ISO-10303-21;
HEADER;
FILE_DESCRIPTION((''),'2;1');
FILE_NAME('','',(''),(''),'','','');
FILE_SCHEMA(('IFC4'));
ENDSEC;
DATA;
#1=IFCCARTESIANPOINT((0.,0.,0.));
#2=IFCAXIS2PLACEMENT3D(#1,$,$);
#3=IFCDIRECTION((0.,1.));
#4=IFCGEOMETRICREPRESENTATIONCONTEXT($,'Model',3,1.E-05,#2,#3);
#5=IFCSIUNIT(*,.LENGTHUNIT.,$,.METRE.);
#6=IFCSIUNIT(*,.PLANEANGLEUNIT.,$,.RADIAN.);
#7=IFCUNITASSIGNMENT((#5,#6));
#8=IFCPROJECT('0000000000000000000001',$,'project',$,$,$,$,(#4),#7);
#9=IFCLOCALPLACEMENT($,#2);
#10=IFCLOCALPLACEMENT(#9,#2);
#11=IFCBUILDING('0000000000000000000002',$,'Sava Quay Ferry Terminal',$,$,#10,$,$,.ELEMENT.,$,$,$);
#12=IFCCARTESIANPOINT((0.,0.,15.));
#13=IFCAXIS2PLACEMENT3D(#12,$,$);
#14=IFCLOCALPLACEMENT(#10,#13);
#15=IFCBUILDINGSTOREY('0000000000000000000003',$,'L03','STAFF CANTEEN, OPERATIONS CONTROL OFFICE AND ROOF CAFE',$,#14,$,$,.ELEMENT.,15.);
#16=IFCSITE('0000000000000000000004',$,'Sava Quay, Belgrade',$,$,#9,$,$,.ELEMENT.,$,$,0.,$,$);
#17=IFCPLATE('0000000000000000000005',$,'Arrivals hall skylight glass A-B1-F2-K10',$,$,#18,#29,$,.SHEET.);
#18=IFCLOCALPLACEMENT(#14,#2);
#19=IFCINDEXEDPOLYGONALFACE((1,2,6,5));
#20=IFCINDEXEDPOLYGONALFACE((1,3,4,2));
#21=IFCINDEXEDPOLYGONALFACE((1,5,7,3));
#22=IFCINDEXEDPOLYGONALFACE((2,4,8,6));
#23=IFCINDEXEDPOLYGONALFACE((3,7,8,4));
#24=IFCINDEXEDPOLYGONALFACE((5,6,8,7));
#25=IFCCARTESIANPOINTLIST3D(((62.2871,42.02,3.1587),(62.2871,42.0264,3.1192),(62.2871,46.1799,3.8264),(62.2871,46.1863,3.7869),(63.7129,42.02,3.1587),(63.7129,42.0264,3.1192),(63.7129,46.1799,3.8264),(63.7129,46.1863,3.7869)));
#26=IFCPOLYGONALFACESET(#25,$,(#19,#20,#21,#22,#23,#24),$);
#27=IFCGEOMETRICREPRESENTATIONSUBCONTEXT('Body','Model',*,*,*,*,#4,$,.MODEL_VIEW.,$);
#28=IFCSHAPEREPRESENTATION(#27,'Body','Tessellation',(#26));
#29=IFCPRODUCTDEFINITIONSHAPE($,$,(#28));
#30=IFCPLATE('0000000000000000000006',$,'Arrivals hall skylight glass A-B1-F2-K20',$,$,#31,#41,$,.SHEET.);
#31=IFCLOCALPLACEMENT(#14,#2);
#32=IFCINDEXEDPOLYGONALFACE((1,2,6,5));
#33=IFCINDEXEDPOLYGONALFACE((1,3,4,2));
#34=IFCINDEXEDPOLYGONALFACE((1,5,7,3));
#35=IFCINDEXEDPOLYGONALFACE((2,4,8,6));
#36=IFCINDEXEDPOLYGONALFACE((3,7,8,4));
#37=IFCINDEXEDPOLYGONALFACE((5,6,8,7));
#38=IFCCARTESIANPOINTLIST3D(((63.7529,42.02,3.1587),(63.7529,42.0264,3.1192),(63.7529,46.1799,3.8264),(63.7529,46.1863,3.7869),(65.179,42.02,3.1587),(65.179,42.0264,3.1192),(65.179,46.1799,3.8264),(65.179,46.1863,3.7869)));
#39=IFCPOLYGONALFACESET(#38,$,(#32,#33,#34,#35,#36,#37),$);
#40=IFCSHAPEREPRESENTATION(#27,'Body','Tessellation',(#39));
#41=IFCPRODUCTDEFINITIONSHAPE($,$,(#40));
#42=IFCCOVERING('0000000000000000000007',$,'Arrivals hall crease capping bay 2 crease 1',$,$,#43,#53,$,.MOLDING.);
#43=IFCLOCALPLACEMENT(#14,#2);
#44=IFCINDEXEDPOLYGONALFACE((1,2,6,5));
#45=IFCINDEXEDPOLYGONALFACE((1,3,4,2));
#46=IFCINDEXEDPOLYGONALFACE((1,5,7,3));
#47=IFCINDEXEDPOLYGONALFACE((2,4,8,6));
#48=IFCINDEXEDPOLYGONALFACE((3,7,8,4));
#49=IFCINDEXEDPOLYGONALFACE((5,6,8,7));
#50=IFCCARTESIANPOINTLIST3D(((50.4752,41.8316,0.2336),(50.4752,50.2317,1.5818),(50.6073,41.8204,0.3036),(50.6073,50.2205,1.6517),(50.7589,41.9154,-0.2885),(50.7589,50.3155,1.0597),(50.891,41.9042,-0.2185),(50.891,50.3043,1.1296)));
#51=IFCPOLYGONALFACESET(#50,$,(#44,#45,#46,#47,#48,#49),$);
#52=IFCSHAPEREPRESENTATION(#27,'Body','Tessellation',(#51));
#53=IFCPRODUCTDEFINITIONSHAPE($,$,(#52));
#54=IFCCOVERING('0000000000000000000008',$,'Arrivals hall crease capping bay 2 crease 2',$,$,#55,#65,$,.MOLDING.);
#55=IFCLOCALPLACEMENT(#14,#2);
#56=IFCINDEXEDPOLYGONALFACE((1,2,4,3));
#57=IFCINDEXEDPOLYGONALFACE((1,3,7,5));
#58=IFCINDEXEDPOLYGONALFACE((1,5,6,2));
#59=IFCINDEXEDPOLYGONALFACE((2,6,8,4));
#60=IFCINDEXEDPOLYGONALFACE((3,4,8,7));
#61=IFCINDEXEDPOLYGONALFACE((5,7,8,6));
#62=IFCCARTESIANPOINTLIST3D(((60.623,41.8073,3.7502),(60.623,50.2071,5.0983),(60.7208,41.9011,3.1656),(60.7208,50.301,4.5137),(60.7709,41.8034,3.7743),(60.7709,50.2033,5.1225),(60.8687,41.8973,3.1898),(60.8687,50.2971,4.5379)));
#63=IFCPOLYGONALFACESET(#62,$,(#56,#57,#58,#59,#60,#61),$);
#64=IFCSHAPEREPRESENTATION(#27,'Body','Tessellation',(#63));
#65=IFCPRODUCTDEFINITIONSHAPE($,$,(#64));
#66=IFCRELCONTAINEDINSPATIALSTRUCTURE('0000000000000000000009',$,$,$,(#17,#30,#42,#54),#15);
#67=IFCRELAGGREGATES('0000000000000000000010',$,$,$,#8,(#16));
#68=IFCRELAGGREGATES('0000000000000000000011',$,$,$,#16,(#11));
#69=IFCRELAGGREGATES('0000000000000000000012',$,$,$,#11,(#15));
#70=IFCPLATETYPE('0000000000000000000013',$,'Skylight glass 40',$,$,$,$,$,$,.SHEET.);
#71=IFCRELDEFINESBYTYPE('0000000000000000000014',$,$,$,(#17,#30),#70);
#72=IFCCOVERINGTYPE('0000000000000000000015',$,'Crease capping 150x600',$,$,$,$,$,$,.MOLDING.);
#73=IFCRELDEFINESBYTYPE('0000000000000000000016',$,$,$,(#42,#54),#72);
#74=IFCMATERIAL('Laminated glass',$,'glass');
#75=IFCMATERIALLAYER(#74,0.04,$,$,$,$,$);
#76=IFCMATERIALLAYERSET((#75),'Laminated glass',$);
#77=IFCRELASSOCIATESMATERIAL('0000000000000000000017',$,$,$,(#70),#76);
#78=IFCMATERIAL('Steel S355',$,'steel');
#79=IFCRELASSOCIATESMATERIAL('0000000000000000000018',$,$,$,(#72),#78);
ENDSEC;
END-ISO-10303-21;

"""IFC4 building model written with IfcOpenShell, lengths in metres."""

from ifc_helpers import new_model, si_unit, direction, frame, origin, origin_2d, place, context, subcontext, project, spatial, polyline, rectangle, outline, extrude, material, layer, layer_set, material_profile, profile_set, type_object, element, save


model = new_model("IFC4")

# Units and contexts
model_context = context("Model", 3, precision=1e-05, world=origin(), true_north=direction((0.0, 1.0)))
body_context = subcontext(model_context, "Body", "Model", "MODEL_VIEW")
ifc_project = project(units=[si_unit("LENGTHUNIT", "METRE"), si_unit("PLANEANGLEUNIT", "RADIAN")], contexts=[model_context])

# Site, building, storey
site_placement = place(None, origin())
site = spatial("IfcSite", under=ifc_project, at=site_placement, Name="Sava Quay, Belgrade", CompositionType="ELEMENT", RefElevation=0.0)
building_placement = place(site_placement, origin())
building = spatial("IfcBuilding", under=site, at=building_placement, Name="Sava Quay Ferry Terminal", CompositionType="ELEMENT")
storey_placement = place(building_placement, frame((0.0, 0.0, 15.0)))
storey = spatial("IfcBuildingStorey", under=building, at=storey_placement, Name="L03", Description="STAFF CANTEEN, OPERATIONS CONTROL OFFICE AND ROOF CAFE", CompositionType="ELEMENT", Elevation=15.0)

# Plates
ifc_material_1 = material(Name="Laminated glass", Category="glass")
ifc_layer = layer(ifc_material_1, 0.04)
ifc_layer_set = layer_set([ifc_layer], Name="Laminated glass")
plate_type = type_object("IfcPlateType", Name="Skylight glass 40", PredefinedType="SHEET", material=ifc_layer_set)
plate_1_placement = place(storey_placement, frame((62.2871, 42.02, 3.1587), z_axis=(0.0, -0.158485, 0.987361), x_axis=(0.0, 0.987361, 0.158485)))
element("IfcPlate", 1, at=plate_1_placement, inside=storey, type_object=plate_type, Name="Arrivals hall skylight glass A-B1-F2-K10", PredefinedType="SHEET", context=body_context, shape_type="SweptSolid", body=[
    extrude(outline(polyline([(0.0, 0.0), (4.2132, 0.0), (4.2132, -1.4258), (0.0, -1.4258), (0.0, 0.0)])), origin(), (0.0, 0.0, -1.0), 0.04),
])
plate_2_placement = place(storey_placement, frame((63.7529, 42.02, 3.1587), z_axis=(0.0, -0.158485, 0.987361), x_axis=(0.0, 0.987361, 0.158485)))
element("IfcPlate", 2, at=plate_2_placement, inside=storey, type_object=plate_type, Name="Arrivals hall skylight glass A-B1-F2-K20", PredefinedType="SHEET", context=body_context, shape_type="SweptSolid", body=[
    extrude(outline(polyline([(0.0, 0.0), (4.2132, 0.0), (4.2132, -1.426), (0.0, -1.426), (0.0, 0.0)])), origin(), (0.0, 0.0, -1.0), 0.04),
])

# Coverings
ifc_material_2 = material(Name="Steel S355", Category="steel")
ifc_material_profile_1 = material_profile(ifc_material_2, rectangle(XDim=0.1499, YDim=0.6001, at=origin_2d()), Name="Cap 150 x 600")
ifc_profile_set_1 = profile_set([ifc_material_profile_1], Name="Steel S355")
covering_type = type_object("IfcCoveringType", Name="Crease capping 150x600", PredefinedType="MOLDING", material=ifc_profile_set_1)
covering_1_placement = place(storey_placement, frame((50.6831, 41.8679, 0.0076), z_axis=(0.0, 0.987365, 0.158463), x_axis=(-0.881204, 0.074911, -0.466763)))
element("IfcCovering", 3, at=covering_1_placement, inside=storey, type_object=covering_type, Name="Arrivals hall crease capping bay 2 crease 1", PredefinedType="MOLDING", context=body_context, shape_type="SweptSolid", body=[
    extrude(rectangle(XDim=0.1499, YDim=0.6001, at=origin_2d()), origin(), (0.0, 0.0, 1.0), 8.5076),
])
covering_2_placement = place(storey_placement, frame((60.7458, 41.8523, 3.47), z_axis=(0.0, 0.987364, 0.158467), x_axis=(-0.986605, 0.02585, -0.161066)))
element("IfcCovering", 4, at=covering_2_placement, inside=storey, type_object=covering_type, Name="Arrivals hall crease capping bay 2 crease 2", PredefinedType="MOLDING", context=body_context, shape_type="SweptSolid", body=[
    extrude(rectangle(XDim=0.1499, YDim=0.6001, at=origin_2d()), origin(), (0.0, 0.0, 1.0), 8.5073),
])

save(model, "model.ifc")
